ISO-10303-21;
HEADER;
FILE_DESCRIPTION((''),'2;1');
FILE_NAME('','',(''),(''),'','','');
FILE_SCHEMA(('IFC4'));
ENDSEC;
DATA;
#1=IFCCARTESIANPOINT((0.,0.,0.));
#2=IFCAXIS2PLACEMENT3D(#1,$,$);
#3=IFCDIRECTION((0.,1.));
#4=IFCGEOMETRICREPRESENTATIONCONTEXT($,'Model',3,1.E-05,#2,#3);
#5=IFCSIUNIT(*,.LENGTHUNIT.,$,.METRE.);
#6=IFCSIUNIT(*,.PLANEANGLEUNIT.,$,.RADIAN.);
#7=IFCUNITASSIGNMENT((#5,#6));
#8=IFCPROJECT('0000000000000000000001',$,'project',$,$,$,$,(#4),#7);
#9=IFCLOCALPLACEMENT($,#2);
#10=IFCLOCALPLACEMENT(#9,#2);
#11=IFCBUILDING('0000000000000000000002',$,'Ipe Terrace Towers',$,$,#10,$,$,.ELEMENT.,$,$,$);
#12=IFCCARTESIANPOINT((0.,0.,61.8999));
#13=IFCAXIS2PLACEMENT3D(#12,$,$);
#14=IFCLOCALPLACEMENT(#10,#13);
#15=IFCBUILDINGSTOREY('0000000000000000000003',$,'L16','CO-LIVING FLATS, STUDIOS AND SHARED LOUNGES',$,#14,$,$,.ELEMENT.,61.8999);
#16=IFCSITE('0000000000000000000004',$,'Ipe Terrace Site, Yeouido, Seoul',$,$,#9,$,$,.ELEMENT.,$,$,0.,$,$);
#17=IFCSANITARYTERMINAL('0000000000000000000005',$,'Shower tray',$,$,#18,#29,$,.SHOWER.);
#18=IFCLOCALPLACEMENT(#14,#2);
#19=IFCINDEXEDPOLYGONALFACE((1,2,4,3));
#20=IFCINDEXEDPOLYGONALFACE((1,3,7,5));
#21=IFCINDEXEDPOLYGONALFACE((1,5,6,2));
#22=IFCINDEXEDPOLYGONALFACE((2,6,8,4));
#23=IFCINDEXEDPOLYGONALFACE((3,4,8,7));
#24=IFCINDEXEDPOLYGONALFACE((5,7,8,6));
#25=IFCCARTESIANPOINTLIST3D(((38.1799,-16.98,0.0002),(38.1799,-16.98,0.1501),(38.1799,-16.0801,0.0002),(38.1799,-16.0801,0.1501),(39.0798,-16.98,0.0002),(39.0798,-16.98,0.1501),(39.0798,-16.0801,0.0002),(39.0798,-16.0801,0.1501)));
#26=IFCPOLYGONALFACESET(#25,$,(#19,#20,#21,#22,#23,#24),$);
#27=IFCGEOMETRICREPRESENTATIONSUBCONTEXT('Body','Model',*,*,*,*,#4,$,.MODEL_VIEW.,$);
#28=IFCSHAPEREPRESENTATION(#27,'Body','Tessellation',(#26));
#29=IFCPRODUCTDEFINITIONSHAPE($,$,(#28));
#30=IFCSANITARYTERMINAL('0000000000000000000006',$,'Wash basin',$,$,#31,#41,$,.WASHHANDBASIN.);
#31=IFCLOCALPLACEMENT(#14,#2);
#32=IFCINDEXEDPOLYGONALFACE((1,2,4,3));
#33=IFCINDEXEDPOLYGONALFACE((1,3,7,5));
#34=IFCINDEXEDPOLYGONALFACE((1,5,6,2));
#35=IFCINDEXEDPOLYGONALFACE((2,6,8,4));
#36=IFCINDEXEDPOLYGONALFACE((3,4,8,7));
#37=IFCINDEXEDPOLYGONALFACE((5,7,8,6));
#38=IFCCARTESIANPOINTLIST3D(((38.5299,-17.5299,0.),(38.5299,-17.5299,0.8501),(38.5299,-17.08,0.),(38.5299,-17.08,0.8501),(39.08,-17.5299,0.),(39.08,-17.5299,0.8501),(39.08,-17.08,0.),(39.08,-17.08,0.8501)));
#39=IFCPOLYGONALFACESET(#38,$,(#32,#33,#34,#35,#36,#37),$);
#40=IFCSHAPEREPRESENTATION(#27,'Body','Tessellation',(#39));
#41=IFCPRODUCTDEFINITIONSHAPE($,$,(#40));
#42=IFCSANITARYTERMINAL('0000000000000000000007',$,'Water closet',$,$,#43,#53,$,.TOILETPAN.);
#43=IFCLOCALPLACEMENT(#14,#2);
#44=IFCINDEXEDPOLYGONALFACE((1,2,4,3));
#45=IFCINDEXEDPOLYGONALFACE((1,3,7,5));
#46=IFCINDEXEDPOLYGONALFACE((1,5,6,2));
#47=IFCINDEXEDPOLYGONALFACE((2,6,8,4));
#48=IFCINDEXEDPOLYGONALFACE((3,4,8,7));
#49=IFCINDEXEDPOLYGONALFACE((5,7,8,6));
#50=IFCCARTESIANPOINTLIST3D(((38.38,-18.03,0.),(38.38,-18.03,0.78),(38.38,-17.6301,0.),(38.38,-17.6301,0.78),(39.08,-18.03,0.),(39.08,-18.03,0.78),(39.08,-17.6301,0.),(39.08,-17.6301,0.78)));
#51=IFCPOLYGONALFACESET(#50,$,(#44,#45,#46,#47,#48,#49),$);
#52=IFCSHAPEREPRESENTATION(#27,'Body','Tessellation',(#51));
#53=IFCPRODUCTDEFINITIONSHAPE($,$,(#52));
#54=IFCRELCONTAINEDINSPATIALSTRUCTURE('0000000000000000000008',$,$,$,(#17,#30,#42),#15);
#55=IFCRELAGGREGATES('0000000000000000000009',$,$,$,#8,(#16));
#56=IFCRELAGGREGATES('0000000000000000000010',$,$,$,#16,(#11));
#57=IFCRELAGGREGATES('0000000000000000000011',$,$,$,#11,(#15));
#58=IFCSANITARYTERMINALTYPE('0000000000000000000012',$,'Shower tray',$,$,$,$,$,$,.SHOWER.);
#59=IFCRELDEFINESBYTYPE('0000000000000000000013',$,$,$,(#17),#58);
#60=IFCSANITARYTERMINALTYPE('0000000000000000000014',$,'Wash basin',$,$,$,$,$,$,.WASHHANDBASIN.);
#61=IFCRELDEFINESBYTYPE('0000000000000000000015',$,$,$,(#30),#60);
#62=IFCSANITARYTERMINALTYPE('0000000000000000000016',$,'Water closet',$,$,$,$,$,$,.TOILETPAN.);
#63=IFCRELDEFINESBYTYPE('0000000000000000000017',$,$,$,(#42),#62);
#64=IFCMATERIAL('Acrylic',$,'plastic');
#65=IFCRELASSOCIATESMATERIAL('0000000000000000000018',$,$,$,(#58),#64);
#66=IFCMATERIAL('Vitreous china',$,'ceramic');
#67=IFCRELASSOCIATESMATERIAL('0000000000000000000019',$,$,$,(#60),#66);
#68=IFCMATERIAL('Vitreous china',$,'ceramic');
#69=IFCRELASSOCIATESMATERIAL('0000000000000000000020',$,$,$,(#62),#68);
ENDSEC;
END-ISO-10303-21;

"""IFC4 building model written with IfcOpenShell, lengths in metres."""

from ifc_helpers import new_model, si_unit, direction, frame, origin, origin_2d, place, context, subcontext, project, spatial, rectangle, extrude, material, type_object, element, save


model = new_model("IFC4")

# Units and contexts
model_context = context("Model", 3, precision=1e-05, world=origin(), true_north=direction((0.0, 1.0)))
body_context = subcontext(model_context, "Body", "Model", "MODEL_VIEW")
ifc_project = project(units=[si_unit("LENGTHUNIT", "METRE"), si_unit("PLANEANGLEUNIT", "RADIAN")], contexts=[model_context])

# Site, building, storey
site_placement = place(None, origin())
site = spatial("IfcSite", under=ifc_project, at=site_placement, Name="Ipe Terrace Site, Yeouido, Seoul", CompositionType="ELEMENT", RefElevation=0.0)
building_placement = place(site_placement, origin())
building = spatial("IfcBuilding", under=site, at=building_placement, Name="Ipe Terrace Towers", CompositionType="ELEMENT")
storey_placement = place(building_placement, frame((0.0, 0.0, 61.8999)))
storey = spatial("IfcBuildingStorey", under=building, at=storey_placement, Name="L16", Description="CO-LIVING FLATS, STUDIOS AND SHARED LOUNGES", CompositionType="ELEMENT", Elevation=61.8999)

# Sanitary terminals
ifc_material_1 = material(Name="Acrylic", Category="plastic")
sanitary_terminal_type_1 = type_object("IfcSanitaryTerminalType", Name="Shower tray", PredefinedType="SHOWER", material=ifc_material_1)
sanitary_terminal_1_placement = place(storey_placement, frame((38.6299, -16.53, 0.0002), z_axis=(0.0, 0.0, 1.0), x_axis=(-1.0, 0.0, 0.0)))
element("IfcSanitaryTerminal", 1, at=sanitary_terminal_1_placement, inside=storey, type_object=sanitary_terminal_type_1, Name="Shower tray", PredefinedType="SHOWER", context=body_context, shape_type="SweptSolid", body=[
    extrude(rectangle(XDim=0.8999, YDim=0.8999, at=origin_2d()), origin(), (0.0, 0.0, 1.0), 0.1499),
])
ifc_material_2 = material(Name="Vitreous china", Category="ceramic")
sanitary_terminal_type_2 = type_object("IfcSanitaryTerminalType", Name="Wash basin", PredefinedType="WASHHANDBASIN", material=ifc_material_2)
sanitary_terminal_2_placement = place(storey_placement, frame((38.8049, -17.3049, 0.0), z_axis=(0.0, 0.0, 1.0), x_axis=(-1.0, 0.0, 0.0)))
element("IfcSanitaryTerminal", 2, at=sanitary_terminal_2_placement, inside=storey, type_object=sanitary_terminal_type_2, Name="Wash basin", PredefinedType="WASHHANDBASIN", context=body_context, shape_type="SweptSolid", body=[
    extrude(rectangle(XDim=0.55, YDim=0.45, at=origin_2d()), origin(), (0.0, 0.0, 1.0), 0.8501),
])
ifc_material_3 = material(Name="Vitreous china", Category="ceramic")
sanitary_terminal_type_3 = type_object("IfcSanitaryTerminalType", Name="Water closet", PredefinedType="TOILETPAN", material=ifc_material_3)
sanitary_terminal_3_placement = place(storey_placement, frame((38.73, -17.8301, 0.0), z_axis=(0.0, 0.0, 1.0), x_axis=(-1.0, 0.0, 0.0)))
element("IfcSanitaryTerminal", 3, at=sanitary_terminal_3_placement, inside=storey, type_object=sanitary_terminal_type_3, Name="Water closet", PredefinedType="TOILETPAN", context=body_context, shape_type="SweptSolid", body=[
    extrude(rectangle(XDim=0.7, YDim=0.3999, at=origin_2d()), origin(), (0.0, 0.0, 1.0), 0.78),
])

save(model, "model.ifc")
